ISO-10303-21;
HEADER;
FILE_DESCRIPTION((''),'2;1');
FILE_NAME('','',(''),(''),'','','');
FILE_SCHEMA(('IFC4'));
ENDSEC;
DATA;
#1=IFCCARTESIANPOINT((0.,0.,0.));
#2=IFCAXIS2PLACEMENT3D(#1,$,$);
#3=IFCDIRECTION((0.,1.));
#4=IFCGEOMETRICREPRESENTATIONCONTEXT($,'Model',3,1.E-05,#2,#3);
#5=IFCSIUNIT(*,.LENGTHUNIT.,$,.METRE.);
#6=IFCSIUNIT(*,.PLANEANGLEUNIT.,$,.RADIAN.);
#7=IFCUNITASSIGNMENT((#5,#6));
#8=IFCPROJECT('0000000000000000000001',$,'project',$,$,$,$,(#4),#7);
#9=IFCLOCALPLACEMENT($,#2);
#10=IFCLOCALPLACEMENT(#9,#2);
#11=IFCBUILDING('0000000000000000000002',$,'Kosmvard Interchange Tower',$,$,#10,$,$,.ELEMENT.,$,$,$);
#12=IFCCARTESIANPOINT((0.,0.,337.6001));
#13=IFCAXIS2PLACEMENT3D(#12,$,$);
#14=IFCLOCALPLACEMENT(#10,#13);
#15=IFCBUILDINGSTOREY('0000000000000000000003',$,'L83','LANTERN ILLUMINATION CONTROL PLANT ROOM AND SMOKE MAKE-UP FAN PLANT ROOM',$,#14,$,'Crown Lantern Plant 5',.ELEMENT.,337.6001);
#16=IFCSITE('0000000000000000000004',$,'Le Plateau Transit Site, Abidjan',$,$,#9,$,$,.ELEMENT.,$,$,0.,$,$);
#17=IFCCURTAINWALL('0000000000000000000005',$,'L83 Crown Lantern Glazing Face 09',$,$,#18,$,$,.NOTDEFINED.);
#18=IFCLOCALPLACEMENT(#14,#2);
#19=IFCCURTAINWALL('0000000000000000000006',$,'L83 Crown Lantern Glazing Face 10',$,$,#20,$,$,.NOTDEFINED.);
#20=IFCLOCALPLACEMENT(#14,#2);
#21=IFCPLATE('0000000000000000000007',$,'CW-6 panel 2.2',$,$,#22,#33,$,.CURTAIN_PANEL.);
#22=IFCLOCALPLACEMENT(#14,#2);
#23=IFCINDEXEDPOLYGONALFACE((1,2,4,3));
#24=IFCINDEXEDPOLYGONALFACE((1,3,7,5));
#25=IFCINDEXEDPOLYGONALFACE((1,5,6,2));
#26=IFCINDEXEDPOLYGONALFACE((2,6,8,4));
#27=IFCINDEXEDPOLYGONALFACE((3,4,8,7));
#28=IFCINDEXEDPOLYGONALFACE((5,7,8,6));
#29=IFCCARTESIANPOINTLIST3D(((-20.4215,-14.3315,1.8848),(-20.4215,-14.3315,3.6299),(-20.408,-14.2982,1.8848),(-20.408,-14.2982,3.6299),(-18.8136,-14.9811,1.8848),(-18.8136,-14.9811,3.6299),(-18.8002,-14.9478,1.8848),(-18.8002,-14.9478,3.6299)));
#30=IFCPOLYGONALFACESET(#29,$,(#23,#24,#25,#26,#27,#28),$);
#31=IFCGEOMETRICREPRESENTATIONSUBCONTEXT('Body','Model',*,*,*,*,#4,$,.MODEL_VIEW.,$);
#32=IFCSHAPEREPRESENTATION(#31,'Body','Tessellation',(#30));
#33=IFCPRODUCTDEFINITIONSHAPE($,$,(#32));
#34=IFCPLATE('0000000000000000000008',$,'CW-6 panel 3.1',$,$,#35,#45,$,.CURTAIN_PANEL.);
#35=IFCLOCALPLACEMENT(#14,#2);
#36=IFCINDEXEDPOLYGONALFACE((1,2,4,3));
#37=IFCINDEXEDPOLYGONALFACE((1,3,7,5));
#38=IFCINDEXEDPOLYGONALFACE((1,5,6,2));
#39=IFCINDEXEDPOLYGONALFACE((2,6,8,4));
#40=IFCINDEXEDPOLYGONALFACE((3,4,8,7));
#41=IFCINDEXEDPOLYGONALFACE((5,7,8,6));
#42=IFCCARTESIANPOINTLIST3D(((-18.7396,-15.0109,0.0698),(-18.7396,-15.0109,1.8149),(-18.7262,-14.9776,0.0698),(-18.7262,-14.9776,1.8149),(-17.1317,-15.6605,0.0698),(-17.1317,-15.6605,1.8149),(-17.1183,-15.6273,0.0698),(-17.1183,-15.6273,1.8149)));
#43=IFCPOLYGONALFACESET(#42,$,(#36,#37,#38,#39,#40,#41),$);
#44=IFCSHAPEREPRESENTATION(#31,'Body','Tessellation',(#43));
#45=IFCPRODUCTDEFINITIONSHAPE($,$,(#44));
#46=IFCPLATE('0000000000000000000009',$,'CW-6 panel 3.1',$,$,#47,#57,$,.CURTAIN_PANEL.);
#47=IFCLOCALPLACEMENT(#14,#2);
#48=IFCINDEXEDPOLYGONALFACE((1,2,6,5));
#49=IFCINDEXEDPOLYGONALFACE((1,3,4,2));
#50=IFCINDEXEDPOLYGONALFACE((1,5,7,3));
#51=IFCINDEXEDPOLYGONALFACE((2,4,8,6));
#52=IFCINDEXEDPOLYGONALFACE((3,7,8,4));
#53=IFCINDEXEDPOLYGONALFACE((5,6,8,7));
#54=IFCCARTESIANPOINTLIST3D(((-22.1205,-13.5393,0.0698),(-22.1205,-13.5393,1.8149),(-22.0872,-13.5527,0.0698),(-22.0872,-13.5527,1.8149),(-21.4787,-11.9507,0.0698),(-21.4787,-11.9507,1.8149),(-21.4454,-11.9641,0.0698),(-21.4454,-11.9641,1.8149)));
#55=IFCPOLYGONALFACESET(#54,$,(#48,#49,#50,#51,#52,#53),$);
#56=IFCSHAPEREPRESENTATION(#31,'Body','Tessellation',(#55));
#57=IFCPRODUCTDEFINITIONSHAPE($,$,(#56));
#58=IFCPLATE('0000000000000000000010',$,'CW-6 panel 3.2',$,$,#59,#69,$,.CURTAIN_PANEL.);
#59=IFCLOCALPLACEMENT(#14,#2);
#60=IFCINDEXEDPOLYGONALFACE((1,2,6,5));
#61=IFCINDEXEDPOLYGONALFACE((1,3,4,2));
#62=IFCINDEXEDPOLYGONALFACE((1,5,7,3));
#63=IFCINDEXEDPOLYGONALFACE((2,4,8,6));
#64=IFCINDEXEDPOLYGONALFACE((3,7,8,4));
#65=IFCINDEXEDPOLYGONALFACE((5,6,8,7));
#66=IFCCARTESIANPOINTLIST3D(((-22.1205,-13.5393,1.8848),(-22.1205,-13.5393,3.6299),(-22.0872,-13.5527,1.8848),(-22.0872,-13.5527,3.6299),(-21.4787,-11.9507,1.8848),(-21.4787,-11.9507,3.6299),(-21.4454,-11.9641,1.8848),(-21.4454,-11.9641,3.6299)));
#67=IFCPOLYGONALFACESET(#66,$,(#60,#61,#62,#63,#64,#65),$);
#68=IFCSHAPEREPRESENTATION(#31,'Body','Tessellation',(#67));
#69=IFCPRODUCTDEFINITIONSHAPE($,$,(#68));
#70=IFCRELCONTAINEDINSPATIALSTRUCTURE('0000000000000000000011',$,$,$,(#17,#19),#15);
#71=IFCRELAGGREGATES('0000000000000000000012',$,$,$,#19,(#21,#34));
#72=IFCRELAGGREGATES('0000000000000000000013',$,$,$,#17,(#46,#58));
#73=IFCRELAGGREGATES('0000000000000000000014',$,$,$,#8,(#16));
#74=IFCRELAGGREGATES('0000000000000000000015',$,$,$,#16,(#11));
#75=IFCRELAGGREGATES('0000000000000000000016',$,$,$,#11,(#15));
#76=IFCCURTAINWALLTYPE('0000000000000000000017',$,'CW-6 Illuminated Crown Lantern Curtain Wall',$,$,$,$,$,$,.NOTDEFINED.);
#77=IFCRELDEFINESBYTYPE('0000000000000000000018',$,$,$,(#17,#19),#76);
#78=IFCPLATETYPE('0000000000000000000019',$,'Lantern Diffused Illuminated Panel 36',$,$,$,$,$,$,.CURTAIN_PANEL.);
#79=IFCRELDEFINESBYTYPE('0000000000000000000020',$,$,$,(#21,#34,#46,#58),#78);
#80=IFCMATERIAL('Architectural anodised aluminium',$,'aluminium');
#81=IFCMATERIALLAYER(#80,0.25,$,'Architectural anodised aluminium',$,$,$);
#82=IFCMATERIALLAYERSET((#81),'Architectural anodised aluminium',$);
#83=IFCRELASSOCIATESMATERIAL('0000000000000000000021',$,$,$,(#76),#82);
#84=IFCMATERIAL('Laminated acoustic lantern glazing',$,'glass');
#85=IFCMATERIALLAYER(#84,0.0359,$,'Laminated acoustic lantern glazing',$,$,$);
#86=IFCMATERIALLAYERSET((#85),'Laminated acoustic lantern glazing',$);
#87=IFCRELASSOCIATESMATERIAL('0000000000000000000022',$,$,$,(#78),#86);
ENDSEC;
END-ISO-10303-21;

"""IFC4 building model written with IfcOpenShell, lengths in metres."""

from ifc_helpers import new_model, si_unit, direction, frame, origin, origin_2d, place, context, subcontext, project, spatial, rectangle, extrude, source, transform, mapped, material, layer, layer_set, type_object, element, aggregate, save


model = new_model("IFC4")

# Units and contexts
model_context = context("Model", 3, precision=1e-05, world=origin(), true_north=direction((0.0, 1.0)))
body_context = subcontext(model_context, "Body", "Model", "MODEL_VIEW")
ifc_project = project(units=[si_unit("LENGTHUNIT", "METRE"), si_unit("PLANEANGLEUNIT", "RADIAN")], contexts=[model_context])

# Site, building, storey
site_placement = place(None, origin())
site = spatial("IfcSite", under=ifc_project, at=site_placement, Name="Le Plateau Transit Site, Abidjan", CompositionType="ELEMENT", RefElevation=0.0)
building_placement = place(site_placement, origin())
building = spatial("IfcBuilding", under=site, at=building_placement, Name="Kosmvard Interchange Tower", CompositionType="ELEMENT")
storey_placement = place(building_placement, frame((0.0, 0.0, 337.6001)))
storey = spatial("IfcBuildingStorey", under=building, at=storey_placement, Name="L83", Description="LANTERN ILLUMINATION CONTROL PLANT ROOM AND SMOKE MAKE-UP FAN PLANT ROOM", LongName="Crown Lantern Plant 5", CompositionType="ELEMENT", Elevation=337.6001)

# Curtain wall
ifc_material_1 = material(Name="Architectural anodised aluminium", Category="aluminium")
ifc_layer_1 = layer(ifc_material_1, 0.25, Name="Architectural anodised aluminium")
ifc_layer_set_1 = layer_set([ifc_layer_1], Name="Architectural anodised aluminium")
curtain_wall_type = type_object("IfcCurtainWallType", Name="CW-6 Illuminated Crown Lantern Curtain Wall", PredefinedType="NOTDEFINED", material=ifc_layer_set_1)
curtain_wall_1_placement = place(storey_placement, origin())
curtain_wall_1 = element("IfcCurtainWall", 1, at=curtain_wall_1_placement, inside=storey, type_object=curtain_wall_type, Name="L83 Crown Lantern Glazing Face 09", PredefinedType="NOTDEFINED")

# Curtain wall, plates
curtain_wall_2_placement = place(storey_placement, origin())
curtain_wall_2 = element("IfcCurtainWall", 2, at=curtain_wall_2_placement, inside=storey, type_object=curtain_wall_type, Name="L83 Crown Lantern Glazing Face 10", PredefinedType="NOTDEFINED")
ifc_material_2 = material(Name="Laminated acoustic lantern glazing", Category="glass")
ifc_layer_2 = layer(ifc_material_2, 0.0359, Name="Laminated acoustic lantern glazing")
ifc_layer_set_2 = layer_set([ifc_layer_2], Name="Laminated acoustic lantern glazing")
plate_type = type_object("IfcPlateType", Name="Lantern Diffused Illuminated Panel 36", PredefinedType="CURTAIN_PANEL", material=ifc_layer_set_2)
shared_shape_1 = source(origin(), body_context, "Body", "SweptSolid", [
    extrude(rectangle(XDim=1.7341, YDim=0.0359, at=origin_2d()), origin(), (0.0, 0.0, 1.0), 1.7451),
])
plate_1_placement = place(storey_placement, frame((-19.6108, -14.6396, 1.8848), z_axis=(0.0, 0.0, 1.0), x_axis=(0.927184, -0.374607, 0.0)))
plate_1 = element("IfcPlate", 3, at=plate_1_placement, type_object=plate_type, Name="CW-6 panel 2.2", PredefinedType="CURTAIN_PANEL", context=body_context, shape_type="MappedRepresentation", body=[
    mapped(shared_shape_1, transform((0.0, 0.0, 0.0), scale=1.0)),
])
plate_2_placement = place(storey_placement, frame((-17.929, -15.3191, 0.0698), z_axis=(0.0, 0.0, 1.0), x_axis=(0.927184, -0.374607, 0.0)))
plate_2 = element("IfcPlate", 4, at=plate_2_placement, type_object=plate_type, Name="CW-6 panel 3.1", PredefinedType="CURTAIN_PANEL", context=body_context, shape_type="MappedRepresentation", body=[
    mapped(shared_shape_1, transform((0.0, 0.0, 0.0), scale=1.0)),
])
aggregate(curtain_wall_2, [plate_1, plate_2])

# Plates
shared_shape_2 = source(origin(), body_context, "Body", "SweptSolid", [
    extrude(rectangle(XDim=1.7134, YDim=0.0359, at=origin_2d()), origin(), (0.0, 0.0, 1.0), 1.7451),
])
plate_3_placement = place(storey_placement, frame((-21.783, -12.7517, 0.0698), z_axis=(0.0, 0.0, 1.0), x_axis=(-0.374607, -0.927184, 0.0)))
plate_3 = element("IfcPlate", 5, at=plate_3_placement, type_object=plate_type, Name="CW-6 panel 3.1", PredefinedType="CURTAIN_PANEL", context=body_context, shape_type="MappedRepresentation", body=[
    mapped(shared_shape_2, transform((0.0, 0.0, 0.0), scale=1.0)),
])
plate_4_placement = place(storey_placement, frame((-21.783, -12.7517, 1.8848), z_axis=(0.0, 0.0, 1.0), x_axis=(-0.374607, -0.927184, 0.0)))
plate_4 = element("IfcPlate", 6, at=plate_4_placement, type_object=plate_type, Name="CW-6 panel 3.2", PredefinedType="CURTAIN_PANEL", context=body_context, shape_type="MappedRepresentation", body=[
    mapped(shared_shape_2, transform((0.0, 0.0, 0.0), scale=1.0)),
])
aggregate(curtain_wall_1, [plate_3, plate_4])

save(model, "model.ifc")
